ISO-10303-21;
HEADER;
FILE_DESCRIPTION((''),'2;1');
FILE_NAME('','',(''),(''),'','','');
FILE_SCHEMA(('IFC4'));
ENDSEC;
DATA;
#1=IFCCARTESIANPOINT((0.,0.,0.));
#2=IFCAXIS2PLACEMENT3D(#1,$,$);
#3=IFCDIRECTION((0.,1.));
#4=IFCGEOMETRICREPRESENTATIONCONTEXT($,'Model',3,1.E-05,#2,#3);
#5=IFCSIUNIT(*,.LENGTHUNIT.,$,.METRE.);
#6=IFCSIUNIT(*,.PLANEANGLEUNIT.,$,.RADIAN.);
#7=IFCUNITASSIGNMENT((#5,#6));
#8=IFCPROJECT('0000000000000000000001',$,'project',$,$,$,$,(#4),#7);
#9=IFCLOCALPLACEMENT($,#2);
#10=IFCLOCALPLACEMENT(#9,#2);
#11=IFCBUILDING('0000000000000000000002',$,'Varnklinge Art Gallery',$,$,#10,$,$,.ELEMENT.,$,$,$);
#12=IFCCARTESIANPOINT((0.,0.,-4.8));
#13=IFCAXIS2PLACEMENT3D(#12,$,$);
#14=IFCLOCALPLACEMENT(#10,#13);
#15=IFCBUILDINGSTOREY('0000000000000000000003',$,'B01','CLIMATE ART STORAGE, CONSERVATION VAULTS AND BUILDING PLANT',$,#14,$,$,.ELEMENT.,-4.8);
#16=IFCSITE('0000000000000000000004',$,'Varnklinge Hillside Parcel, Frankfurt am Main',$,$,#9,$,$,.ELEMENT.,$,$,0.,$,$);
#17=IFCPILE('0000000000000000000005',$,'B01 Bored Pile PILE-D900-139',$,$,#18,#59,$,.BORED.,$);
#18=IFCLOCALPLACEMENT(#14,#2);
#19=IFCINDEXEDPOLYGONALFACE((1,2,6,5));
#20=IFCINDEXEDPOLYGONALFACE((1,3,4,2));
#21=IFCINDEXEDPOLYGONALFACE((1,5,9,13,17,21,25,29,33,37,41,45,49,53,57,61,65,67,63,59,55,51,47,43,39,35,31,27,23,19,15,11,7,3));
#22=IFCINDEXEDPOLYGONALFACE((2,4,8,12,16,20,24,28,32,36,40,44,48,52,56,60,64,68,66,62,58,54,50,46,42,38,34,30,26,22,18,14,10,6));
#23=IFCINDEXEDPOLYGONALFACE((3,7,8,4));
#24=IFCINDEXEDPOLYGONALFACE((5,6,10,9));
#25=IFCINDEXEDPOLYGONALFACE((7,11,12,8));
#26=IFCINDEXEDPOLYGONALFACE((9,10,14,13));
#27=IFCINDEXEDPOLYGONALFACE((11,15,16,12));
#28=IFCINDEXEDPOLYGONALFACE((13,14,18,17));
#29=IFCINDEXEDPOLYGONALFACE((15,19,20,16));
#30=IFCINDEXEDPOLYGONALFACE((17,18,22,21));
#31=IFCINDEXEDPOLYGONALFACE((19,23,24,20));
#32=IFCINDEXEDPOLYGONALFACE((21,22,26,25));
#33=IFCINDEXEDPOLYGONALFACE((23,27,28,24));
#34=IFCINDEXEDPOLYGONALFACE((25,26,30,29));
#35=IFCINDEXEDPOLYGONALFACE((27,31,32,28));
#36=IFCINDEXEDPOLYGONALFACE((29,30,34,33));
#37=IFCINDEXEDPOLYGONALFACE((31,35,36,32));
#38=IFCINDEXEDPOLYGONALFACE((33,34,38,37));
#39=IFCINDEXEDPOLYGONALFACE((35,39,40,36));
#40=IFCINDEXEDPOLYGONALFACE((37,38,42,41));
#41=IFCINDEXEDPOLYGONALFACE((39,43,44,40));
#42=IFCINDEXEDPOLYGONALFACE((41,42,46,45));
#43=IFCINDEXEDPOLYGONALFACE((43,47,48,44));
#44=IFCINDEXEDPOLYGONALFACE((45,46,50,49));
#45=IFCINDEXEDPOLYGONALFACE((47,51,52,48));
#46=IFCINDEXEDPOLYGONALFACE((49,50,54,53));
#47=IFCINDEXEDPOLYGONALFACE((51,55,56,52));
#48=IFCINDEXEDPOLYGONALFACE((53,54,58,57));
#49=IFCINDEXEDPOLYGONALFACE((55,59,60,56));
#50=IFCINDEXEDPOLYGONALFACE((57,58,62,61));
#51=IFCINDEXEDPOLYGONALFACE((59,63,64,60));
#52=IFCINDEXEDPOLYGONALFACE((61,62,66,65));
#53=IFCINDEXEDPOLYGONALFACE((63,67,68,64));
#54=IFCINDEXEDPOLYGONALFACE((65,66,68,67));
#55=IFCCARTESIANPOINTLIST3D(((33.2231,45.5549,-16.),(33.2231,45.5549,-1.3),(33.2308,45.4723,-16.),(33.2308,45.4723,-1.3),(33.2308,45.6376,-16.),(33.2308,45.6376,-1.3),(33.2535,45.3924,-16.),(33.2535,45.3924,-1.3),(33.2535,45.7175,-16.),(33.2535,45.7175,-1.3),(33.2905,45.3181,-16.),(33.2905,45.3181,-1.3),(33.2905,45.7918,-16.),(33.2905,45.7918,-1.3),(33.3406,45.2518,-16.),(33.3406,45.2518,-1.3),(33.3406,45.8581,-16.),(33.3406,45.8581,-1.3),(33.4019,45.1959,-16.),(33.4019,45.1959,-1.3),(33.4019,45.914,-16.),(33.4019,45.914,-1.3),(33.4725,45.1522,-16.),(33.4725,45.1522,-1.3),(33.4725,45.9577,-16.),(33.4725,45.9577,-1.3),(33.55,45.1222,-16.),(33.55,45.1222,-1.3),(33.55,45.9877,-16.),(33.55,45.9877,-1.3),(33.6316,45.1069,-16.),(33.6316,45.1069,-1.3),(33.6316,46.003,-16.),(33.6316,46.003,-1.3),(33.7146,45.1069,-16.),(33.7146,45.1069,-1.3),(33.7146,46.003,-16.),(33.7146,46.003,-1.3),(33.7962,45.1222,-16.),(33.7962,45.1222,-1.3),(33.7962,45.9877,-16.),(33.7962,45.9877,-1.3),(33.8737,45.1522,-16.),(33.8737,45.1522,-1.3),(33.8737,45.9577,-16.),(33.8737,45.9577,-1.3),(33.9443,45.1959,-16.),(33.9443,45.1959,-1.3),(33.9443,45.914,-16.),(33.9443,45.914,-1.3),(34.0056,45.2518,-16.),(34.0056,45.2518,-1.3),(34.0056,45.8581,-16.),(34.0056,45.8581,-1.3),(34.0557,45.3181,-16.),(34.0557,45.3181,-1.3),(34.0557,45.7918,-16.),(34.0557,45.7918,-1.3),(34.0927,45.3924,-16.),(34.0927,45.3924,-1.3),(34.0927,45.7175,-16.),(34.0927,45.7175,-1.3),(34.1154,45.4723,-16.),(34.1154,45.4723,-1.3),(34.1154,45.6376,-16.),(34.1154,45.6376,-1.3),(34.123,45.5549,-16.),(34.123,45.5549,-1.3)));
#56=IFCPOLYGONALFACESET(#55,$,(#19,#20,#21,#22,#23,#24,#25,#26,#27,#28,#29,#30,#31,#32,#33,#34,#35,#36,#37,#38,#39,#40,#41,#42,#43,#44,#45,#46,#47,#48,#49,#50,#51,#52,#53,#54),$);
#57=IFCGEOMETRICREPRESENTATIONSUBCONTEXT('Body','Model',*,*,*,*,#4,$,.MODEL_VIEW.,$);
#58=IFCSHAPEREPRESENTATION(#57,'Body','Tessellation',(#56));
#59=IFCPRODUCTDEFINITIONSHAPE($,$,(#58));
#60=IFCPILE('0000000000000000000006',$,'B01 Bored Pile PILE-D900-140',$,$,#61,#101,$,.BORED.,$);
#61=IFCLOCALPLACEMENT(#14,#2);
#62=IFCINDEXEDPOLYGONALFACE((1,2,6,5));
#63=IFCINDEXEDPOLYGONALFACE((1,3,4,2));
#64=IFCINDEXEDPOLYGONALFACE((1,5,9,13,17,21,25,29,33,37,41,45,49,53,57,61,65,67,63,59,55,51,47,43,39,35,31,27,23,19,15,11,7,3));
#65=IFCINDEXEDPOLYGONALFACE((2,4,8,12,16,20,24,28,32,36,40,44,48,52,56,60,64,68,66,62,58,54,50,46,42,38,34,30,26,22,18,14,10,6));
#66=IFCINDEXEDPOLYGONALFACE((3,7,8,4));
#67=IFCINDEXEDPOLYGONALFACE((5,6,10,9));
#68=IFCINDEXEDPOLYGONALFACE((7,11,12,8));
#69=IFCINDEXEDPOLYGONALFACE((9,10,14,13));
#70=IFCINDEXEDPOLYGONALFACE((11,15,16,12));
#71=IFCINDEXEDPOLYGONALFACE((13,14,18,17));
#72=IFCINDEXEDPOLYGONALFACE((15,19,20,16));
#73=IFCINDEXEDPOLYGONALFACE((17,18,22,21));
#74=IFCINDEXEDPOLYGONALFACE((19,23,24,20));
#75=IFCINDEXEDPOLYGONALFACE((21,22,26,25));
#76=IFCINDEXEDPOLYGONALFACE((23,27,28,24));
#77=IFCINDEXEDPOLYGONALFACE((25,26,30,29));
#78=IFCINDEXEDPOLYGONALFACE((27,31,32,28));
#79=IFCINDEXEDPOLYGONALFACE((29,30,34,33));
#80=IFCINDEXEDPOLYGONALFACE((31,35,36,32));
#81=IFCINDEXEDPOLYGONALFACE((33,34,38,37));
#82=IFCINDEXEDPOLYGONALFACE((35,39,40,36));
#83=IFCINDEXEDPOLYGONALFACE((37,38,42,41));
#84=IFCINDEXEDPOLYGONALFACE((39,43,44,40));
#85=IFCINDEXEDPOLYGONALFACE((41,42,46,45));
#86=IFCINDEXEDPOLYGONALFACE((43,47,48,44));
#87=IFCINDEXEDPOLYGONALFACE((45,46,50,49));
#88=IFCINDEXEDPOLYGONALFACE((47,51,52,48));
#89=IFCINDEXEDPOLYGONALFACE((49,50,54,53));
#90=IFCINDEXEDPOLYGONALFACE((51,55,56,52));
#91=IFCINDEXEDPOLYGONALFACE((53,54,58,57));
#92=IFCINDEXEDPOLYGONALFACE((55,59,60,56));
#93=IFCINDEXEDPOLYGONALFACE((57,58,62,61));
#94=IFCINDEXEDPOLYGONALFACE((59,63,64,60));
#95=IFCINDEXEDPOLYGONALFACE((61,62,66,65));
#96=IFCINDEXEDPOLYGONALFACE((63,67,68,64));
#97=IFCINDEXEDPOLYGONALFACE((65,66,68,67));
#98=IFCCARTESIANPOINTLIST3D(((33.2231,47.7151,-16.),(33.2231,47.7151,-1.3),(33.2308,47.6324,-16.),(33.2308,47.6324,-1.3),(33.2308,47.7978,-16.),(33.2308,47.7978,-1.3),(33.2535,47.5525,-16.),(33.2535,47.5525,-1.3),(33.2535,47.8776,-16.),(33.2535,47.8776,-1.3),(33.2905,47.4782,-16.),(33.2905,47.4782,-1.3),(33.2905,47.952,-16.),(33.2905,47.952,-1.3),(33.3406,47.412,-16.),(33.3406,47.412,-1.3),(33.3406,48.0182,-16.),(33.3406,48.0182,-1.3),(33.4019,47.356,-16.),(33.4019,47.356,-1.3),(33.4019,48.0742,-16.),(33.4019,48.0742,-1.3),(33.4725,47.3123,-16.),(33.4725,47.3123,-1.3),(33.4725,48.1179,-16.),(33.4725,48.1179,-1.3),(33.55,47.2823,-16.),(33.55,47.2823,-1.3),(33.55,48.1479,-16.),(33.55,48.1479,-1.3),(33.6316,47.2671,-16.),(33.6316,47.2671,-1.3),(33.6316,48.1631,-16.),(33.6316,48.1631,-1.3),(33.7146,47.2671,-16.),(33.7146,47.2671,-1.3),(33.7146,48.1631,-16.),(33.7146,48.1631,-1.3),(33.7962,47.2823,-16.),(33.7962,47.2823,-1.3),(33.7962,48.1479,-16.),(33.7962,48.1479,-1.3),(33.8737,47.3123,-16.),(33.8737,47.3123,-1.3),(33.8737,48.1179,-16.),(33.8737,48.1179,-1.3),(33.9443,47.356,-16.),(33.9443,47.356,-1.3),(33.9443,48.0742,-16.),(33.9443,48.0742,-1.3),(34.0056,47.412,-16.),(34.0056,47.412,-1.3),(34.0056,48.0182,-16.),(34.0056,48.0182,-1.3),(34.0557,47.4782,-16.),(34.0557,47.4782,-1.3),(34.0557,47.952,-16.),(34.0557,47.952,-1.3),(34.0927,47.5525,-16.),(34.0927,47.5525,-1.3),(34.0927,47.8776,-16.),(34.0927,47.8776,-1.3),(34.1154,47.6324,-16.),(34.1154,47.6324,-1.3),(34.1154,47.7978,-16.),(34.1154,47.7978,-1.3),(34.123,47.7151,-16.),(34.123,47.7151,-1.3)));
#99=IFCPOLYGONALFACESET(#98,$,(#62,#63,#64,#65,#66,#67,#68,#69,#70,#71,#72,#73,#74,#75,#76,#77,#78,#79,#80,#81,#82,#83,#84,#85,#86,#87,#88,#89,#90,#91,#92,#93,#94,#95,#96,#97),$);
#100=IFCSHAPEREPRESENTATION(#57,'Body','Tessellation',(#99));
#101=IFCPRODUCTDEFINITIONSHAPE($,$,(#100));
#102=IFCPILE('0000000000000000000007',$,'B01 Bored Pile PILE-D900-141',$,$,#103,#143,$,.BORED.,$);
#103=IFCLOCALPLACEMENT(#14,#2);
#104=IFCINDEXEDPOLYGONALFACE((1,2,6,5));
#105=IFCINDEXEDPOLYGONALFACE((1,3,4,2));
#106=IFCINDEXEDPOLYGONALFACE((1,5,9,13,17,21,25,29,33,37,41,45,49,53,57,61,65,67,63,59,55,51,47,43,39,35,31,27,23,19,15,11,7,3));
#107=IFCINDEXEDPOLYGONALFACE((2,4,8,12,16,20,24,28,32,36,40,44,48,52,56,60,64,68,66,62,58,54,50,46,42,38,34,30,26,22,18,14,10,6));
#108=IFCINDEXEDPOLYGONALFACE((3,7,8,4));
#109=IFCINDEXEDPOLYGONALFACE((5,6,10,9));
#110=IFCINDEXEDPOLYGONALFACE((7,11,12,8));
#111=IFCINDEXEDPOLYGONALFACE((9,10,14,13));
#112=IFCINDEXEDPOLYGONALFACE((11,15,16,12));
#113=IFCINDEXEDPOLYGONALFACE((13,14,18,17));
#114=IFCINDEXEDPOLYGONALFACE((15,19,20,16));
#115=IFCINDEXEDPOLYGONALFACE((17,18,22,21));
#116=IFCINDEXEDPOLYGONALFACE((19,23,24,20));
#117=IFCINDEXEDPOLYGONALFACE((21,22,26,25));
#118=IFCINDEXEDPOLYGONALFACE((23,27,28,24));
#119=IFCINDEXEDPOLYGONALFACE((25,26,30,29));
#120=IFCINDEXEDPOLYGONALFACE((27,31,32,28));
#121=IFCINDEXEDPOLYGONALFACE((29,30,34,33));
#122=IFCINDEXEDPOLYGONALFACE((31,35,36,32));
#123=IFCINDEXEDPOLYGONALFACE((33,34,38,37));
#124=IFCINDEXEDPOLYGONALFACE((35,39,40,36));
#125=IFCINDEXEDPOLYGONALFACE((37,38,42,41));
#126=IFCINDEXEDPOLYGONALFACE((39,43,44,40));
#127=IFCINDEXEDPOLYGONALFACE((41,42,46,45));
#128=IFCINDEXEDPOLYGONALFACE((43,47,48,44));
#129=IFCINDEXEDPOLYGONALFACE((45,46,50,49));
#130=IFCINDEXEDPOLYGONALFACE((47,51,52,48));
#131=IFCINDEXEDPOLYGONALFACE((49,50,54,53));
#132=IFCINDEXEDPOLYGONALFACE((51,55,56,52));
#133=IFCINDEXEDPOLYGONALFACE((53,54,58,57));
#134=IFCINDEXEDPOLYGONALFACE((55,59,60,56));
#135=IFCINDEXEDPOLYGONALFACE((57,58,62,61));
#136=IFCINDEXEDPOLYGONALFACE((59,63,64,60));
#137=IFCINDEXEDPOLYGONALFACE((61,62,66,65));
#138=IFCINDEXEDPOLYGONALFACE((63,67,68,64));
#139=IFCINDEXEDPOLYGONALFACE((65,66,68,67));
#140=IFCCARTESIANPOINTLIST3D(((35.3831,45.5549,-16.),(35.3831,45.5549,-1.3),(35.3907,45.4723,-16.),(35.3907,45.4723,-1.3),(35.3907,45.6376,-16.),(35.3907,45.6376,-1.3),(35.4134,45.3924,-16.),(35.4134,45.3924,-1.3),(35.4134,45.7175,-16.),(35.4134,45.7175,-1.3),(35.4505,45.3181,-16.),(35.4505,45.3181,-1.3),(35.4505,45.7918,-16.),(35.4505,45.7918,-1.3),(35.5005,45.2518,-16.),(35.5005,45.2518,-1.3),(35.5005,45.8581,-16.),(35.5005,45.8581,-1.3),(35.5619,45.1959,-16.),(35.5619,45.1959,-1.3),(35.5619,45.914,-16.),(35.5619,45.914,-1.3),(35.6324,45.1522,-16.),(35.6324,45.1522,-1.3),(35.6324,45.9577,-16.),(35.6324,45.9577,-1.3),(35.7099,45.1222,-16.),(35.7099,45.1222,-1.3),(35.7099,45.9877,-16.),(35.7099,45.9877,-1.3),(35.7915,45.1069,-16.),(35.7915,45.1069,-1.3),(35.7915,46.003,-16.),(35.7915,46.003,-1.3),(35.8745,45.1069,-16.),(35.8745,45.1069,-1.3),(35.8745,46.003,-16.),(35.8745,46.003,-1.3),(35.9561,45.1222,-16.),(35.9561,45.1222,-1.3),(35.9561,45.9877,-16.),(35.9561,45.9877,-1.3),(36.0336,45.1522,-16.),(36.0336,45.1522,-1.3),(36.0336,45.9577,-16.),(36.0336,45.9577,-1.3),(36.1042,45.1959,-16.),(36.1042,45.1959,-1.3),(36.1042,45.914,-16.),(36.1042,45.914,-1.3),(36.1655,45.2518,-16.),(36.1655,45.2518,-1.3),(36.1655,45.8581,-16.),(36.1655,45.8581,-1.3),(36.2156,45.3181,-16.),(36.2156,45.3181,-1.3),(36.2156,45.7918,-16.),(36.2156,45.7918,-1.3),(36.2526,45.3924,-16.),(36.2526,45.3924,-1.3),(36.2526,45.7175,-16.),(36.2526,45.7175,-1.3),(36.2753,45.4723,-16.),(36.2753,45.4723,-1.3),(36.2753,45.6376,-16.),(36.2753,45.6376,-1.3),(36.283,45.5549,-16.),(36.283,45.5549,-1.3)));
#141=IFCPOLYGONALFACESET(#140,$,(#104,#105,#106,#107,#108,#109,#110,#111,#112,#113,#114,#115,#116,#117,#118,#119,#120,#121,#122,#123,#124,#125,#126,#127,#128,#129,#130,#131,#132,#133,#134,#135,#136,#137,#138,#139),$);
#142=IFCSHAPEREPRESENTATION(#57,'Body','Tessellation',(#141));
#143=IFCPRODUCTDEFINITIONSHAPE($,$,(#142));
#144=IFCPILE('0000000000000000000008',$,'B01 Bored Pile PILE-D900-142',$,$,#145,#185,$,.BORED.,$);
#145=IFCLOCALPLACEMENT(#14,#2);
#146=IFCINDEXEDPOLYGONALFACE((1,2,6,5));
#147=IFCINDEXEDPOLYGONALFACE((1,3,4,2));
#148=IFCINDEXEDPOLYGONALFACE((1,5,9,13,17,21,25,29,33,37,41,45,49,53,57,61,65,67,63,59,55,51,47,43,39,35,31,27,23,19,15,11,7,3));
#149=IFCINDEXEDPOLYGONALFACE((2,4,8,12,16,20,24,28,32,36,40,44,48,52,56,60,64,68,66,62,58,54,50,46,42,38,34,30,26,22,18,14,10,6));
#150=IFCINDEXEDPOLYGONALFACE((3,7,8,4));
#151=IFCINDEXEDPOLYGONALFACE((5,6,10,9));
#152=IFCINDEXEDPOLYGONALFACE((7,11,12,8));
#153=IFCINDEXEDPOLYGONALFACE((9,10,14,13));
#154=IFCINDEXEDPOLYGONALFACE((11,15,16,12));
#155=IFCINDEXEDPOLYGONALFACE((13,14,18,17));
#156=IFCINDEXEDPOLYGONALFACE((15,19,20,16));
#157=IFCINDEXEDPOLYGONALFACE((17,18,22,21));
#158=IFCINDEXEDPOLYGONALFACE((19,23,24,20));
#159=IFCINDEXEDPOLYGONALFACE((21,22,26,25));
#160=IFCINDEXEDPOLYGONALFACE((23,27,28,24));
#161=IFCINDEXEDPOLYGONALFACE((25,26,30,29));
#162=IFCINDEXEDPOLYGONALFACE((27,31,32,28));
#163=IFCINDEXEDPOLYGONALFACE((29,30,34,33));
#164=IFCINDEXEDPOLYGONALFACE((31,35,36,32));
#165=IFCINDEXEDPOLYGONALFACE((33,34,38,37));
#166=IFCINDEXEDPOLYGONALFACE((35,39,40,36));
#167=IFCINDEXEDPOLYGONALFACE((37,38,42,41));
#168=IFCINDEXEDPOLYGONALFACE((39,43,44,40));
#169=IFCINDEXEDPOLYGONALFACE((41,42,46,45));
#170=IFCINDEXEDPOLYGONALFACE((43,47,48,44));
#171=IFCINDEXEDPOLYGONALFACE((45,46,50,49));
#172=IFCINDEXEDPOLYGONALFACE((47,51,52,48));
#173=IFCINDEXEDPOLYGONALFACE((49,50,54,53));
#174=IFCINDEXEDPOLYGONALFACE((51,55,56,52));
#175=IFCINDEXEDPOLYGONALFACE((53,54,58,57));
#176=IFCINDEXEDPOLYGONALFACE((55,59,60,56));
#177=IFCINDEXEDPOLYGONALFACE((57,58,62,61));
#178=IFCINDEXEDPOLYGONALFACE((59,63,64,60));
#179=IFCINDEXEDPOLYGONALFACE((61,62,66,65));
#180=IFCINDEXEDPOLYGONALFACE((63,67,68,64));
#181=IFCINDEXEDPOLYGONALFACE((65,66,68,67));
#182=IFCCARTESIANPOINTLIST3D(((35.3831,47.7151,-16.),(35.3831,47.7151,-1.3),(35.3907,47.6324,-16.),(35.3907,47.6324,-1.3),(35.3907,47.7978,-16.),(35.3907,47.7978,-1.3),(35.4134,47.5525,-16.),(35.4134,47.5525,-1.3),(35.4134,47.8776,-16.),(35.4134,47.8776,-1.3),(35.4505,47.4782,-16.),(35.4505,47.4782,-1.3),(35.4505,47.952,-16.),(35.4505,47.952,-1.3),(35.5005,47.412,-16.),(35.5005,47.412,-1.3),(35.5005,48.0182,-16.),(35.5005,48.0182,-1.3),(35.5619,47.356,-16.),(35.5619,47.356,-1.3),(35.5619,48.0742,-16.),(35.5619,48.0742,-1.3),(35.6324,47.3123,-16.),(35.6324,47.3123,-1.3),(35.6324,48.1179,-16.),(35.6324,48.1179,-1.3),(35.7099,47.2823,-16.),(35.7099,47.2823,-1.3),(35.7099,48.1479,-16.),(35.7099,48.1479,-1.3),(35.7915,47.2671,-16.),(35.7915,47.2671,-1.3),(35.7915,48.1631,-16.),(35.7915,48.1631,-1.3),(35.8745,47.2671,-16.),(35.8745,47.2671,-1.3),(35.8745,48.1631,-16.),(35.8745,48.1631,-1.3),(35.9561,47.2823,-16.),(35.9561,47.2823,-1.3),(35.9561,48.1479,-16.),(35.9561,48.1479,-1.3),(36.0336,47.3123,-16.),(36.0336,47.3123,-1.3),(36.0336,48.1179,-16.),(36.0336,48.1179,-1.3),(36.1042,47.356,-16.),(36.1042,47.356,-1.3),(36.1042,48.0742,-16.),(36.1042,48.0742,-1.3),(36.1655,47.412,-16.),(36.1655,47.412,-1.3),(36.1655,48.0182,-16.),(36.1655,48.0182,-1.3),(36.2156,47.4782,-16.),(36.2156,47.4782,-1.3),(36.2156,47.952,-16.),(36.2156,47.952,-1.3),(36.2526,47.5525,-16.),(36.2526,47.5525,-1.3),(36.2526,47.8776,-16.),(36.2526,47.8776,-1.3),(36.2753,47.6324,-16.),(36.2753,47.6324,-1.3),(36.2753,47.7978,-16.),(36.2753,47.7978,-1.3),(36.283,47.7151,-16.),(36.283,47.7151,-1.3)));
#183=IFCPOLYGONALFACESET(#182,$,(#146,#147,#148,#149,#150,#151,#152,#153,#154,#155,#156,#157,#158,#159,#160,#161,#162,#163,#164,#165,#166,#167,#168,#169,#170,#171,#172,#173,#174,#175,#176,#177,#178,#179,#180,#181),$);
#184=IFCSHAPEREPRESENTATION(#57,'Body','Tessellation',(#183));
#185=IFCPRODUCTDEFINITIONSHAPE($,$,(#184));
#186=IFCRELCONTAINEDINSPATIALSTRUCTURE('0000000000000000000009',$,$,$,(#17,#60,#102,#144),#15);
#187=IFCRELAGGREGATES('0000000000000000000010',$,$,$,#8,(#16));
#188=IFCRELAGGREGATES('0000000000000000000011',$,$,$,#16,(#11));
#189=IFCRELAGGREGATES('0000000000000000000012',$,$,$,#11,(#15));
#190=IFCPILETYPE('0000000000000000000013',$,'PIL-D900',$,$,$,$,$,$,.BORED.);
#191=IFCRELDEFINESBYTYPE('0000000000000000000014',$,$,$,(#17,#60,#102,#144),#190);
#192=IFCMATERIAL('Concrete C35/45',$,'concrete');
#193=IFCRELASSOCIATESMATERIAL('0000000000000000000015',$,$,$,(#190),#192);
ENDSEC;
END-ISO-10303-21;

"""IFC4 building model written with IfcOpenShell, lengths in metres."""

from ifc_helpers import new_model, si_unit, direction, frame, origin, origin_2d, place, context, subcontext, project, spatial, circle, extrude, material, material_profile, profile_set, type_object, element, save


model = new_model("IFC4")

# Units and contexts
model_context = context("Model", 3, precision=1e-05, world=origin(), true_north=direction((0.0, 1.0)))
body_context = subcontext(model_context, "Body", "Model", "MODEL_VIEW")
ifc_project = project(units=[si_unit("LENGTHUNIT", "METRE"), si_unit("PLANEANGLEUNIT", "RADIAN")], contexts=[model_context])

# Site, building, storey
site_placement = place(None, origin())
site = spatial("IfcSite", under=ifc_project, at=site_placement, Name="Varnklinge Hillside Parcel, Frankfurt am Main", CompositionType="ELEMENT", RefElevation=0.0)
building_placement = place(site_placement, origin())
building = spatial("IfcBuilding", under=site, at=building_placement, Name="Varnklinge Art Gallery", CompositionType="ELEMENT")
storey_placement = place(building_placement, frame((0.0, 0.0, -4.8)))
storey = spatial("IfcBuildingStorey", under=building, at=storey_placement, Name="B01", Description="CLIMATE ART STORAGE, CONSERVATION VAULTS AND BUILDING PLANT", CompositionType="ELEMENT", Elevation=-4.8)

# Piles
ifc_material_1 = material(Name="Concrete C35/45", Category="concrete")
ifc_material_profile_1 = material_profile(ifc_material_1, circle(Radius=0.45, at=origin_2d()), Name="PILE D900")
ifc_profile_set_1 = profile_set([ifc_material_profile_1], Name="Concrete C35/45")
pile_type_1 = type_object("IfcPileType", Name="PIL-D900", PredefinedType="BORED", material=ifc_profile_set_1)
for number, where, z_axis, x_axis, name in (
    (1, (33.6731, 45.5549, -1.3), (0.0, 0.0, -1.0), (1.0, 0.0, 0.0), "B01 Bored Pile PILE-D900-139"),
    (2, (33.6731, 47.7151, -1.3), (0.0, 0.0, -1.0), (1.0, 0.0, 0.0), "B01 Bored Pile PILE-D900-140"),
    (3, (35.833, 45.5549, -1.3), (0.0, 0.0, -1.0), (1.0, 0.0, 0.0), "B01 Bored Pile PILE-D900-141"),
    (4, (35.833, 47.7151, -1.3), (0.0, 0.0, -1.0), (1.0, 0.0, 0.0), "B01 Bored Pile PILE-D900-142"),
):
    element("IfcPile", number, at=place(storey_placement, frame(where, z_axis=z_axis, x_axis=x_axis)), inside=storey, type_object=pile_type_1, Name=name, PredefinedType="BORED", context=body_context, shape_type="SweptSolid", body=[
        extrude(circle(Radius=0.45, at=origin_2d()), origin(), (0.0, 0.0, 1.0), 14.7),
    ])

save(model, "model.ifc")
